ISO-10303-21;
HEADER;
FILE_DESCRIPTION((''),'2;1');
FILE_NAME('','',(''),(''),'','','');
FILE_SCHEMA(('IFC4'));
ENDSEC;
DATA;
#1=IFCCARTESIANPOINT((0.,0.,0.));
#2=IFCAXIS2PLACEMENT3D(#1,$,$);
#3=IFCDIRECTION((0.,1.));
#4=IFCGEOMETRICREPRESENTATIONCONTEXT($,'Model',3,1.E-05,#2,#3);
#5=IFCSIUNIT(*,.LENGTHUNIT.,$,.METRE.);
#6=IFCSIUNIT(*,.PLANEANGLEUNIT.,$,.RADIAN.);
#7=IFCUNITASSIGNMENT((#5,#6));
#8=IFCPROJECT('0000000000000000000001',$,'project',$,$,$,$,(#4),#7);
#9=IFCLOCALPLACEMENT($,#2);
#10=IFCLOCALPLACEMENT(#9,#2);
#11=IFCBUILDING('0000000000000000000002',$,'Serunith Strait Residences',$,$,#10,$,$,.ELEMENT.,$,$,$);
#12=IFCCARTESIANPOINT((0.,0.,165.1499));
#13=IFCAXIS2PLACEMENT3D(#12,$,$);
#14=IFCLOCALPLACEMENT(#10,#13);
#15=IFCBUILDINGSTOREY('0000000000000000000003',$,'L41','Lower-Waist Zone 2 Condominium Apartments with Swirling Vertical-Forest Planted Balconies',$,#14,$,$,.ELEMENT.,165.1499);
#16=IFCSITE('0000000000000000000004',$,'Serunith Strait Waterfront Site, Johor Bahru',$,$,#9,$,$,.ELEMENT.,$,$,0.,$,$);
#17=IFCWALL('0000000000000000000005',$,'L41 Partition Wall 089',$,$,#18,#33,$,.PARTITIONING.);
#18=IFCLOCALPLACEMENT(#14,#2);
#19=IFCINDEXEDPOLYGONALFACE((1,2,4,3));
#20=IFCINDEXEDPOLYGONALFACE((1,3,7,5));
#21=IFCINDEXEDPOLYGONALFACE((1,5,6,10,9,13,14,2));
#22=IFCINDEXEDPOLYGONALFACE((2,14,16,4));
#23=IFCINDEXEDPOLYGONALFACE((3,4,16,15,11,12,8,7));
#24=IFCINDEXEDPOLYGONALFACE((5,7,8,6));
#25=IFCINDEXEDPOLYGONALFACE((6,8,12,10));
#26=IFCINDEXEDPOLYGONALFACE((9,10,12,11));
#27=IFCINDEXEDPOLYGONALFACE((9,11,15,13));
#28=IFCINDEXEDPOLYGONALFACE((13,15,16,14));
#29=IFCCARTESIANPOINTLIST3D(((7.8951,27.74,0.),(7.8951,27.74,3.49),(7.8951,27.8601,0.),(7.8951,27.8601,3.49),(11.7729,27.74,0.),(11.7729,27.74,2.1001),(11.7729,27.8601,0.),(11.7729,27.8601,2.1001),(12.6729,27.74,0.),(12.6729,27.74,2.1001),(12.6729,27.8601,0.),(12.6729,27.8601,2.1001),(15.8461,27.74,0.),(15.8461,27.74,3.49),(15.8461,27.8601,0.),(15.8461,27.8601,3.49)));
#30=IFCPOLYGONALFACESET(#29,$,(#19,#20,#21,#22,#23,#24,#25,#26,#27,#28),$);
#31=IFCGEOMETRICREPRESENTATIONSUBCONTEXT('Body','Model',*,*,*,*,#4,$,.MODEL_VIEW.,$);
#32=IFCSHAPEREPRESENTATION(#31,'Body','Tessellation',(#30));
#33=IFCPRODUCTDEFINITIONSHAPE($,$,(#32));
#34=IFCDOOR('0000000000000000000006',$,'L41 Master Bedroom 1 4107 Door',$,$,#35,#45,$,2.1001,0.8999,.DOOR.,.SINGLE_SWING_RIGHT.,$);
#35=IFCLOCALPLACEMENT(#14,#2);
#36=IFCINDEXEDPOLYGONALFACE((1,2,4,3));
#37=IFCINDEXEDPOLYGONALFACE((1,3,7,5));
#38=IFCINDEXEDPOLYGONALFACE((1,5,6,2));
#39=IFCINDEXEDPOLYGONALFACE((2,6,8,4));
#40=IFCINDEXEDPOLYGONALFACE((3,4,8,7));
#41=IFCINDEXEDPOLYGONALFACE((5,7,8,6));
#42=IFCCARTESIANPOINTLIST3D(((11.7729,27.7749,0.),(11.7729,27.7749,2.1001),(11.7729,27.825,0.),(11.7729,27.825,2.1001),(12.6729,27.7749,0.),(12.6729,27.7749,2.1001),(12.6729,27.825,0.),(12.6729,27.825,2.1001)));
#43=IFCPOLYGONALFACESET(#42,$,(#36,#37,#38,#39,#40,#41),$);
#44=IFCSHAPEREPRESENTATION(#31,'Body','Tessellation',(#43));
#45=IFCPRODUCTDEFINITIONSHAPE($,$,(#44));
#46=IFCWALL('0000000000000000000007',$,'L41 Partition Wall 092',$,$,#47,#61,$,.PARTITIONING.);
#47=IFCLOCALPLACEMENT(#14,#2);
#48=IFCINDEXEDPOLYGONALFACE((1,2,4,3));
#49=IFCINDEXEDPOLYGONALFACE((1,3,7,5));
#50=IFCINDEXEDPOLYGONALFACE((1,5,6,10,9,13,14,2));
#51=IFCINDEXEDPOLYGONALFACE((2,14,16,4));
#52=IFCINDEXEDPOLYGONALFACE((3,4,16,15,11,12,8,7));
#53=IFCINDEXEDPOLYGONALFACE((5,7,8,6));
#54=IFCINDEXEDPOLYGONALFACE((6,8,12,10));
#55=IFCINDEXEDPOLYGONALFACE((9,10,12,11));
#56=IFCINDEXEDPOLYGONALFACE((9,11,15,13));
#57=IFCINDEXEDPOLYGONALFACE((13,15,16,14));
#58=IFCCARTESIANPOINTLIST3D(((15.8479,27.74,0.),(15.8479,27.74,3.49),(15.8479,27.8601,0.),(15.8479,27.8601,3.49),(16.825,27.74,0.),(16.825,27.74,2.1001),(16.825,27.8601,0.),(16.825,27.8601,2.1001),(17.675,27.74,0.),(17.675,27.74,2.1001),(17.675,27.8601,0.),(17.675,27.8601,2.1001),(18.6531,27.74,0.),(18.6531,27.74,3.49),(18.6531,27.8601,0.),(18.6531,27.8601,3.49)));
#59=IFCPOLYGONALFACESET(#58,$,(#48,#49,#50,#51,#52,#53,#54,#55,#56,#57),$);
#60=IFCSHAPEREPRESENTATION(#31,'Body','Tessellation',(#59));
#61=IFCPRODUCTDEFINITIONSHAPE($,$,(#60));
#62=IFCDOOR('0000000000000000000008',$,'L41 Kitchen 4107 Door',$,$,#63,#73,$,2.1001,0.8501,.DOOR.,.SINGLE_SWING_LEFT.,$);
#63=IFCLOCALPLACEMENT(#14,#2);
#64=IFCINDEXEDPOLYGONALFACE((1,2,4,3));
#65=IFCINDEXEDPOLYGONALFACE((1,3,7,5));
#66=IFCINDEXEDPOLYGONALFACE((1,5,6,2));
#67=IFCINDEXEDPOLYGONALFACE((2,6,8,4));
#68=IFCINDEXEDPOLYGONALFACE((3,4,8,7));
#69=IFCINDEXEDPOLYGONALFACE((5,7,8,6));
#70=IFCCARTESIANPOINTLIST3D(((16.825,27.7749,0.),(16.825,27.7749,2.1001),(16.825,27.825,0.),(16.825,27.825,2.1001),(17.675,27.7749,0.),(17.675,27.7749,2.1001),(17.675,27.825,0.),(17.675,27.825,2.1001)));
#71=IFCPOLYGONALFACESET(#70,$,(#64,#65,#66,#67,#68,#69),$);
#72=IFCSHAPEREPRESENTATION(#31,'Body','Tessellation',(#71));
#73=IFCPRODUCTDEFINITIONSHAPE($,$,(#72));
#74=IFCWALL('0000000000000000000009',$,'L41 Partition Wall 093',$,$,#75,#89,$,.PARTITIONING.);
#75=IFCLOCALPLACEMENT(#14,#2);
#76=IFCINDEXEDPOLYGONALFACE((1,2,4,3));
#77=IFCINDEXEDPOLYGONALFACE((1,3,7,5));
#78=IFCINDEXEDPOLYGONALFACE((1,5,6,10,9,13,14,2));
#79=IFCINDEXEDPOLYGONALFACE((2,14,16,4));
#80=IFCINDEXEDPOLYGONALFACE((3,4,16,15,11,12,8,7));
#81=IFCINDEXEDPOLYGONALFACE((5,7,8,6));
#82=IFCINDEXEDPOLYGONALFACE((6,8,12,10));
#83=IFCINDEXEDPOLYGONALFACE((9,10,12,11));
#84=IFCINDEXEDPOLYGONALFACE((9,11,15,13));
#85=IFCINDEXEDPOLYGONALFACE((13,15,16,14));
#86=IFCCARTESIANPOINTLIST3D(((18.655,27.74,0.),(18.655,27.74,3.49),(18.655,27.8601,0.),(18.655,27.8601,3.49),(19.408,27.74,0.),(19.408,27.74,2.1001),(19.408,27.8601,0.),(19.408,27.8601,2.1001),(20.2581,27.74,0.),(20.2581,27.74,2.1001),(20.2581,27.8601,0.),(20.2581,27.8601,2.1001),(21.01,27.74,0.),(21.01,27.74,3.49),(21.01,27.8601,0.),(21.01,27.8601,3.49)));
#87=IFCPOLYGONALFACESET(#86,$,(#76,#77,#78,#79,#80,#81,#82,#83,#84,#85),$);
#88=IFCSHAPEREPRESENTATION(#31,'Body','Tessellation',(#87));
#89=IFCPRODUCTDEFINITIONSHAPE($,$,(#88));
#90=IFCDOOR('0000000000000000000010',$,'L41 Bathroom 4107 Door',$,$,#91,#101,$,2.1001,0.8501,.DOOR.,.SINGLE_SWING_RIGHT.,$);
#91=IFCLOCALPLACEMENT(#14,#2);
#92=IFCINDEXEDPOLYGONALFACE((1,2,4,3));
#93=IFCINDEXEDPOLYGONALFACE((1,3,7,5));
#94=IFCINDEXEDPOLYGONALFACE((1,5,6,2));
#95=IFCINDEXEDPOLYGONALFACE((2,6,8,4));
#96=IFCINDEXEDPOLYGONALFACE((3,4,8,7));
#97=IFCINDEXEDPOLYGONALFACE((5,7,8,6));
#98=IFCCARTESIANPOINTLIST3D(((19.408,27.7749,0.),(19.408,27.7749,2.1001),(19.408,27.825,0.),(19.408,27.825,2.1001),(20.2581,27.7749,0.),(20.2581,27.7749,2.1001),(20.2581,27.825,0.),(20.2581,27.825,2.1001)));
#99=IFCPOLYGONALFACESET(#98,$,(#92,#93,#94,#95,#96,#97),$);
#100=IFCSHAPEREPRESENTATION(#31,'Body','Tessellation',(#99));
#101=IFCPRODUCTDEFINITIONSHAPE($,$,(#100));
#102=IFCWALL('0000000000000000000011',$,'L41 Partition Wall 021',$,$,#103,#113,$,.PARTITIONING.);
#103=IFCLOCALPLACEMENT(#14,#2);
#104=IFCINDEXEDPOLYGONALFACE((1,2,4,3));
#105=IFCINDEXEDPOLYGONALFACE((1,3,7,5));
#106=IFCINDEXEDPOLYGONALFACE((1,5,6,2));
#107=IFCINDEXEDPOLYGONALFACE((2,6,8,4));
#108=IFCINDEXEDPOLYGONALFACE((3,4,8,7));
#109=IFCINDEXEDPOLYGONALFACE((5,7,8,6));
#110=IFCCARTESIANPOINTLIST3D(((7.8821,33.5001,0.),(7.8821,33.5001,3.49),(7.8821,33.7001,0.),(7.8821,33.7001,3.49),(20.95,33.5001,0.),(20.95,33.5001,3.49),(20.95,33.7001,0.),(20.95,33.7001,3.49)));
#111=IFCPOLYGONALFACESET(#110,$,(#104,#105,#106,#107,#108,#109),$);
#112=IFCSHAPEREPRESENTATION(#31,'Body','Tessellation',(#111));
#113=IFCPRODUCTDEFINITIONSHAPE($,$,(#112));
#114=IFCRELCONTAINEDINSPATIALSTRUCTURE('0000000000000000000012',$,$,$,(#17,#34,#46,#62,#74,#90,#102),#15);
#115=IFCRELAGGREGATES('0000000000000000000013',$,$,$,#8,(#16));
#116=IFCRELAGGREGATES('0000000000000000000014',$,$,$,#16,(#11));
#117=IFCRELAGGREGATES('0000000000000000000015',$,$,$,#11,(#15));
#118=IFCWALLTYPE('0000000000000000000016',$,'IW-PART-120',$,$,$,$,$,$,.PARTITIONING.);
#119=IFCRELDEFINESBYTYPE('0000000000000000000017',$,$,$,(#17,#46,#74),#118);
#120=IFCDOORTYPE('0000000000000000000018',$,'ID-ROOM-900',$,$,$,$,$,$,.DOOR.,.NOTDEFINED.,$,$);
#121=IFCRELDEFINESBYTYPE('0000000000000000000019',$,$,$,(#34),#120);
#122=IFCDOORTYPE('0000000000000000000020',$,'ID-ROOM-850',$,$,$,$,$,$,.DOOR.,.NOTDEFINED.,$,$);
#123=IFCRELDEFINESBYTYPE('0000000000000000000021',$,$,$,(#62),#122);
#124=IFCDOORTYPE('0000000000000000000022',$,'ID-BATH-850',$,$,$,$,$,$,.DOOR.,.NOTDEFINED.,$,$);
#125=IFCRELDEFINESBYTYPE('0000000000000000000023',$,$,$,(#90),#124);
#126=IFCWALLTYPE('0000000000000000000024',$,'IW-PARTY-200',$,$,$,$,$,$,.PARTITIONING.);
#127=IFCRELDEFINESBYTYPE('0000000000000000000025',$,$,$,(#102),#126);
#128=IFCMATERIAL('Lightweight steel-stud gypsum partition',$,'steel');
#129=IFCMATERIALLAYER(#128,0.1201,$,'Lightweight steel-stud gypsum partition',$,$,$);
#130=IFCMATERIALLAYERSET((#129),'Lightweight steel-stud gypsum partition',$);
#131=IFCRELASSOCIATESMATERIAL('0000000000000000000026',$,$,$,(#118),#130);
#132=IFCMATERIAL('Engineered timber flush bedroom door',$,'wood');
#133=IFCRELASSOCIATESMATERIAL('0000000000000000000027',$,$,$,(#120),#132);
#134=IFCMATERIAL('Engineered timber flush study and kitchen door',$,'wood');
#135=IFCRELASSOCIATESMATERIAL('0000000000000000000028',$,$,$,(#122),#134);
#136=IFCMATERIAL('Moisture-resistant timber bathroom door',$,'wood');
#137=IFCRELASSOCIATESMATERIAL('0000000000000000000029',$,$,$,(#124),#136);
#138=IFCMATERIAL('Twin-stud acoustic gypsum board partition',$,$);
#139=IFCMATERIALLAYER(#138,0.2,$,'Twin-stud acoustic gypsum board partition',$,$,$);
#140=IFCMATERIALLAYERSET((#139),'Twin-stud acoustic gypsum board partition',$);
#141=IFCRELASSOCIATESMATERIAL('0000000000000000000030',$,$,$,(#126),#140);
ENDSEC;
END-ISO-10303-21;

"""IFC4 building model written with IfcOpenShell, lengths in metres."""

from ifc_helpers import new_model, si_unit, direction, frame, frame_2d, origin, place, context, subcontext, project, spatial, rectangle, extrude, source, transform, mapped, material, layer, layer_set, type_object, element, fill, save


model = new_model("IFC4")

# Units and contexts
model_context = context("Model", 3, precision=1e-05, world=origin(), true_north=direction((0.0, 1.0)))
body_context = subcontext(model_context, "Body", "Model", "MODEL_VIEW")
ifc_project = project(units=[si_unit("LENGTHUNIT", "METRE"), si_unit("PLANEANGLEUNIT", "RADIAN")], contexts=[model_context])

# Site, building, storey
site_placement = place(None, origin())
site = spatial("IfcSite", under=ifc_project, at=site_placement, Name="Serunith Strait Waterfront Site, Johor Bahru", CompositionType="ELEMENT", RefElevation=0.0)
building_placement = place(site_placement, origin())
building = spatial("IfcBuilding", under=site, at=building_placement, Name="Serunith Strait Residences", CompositionType="ELEMENT")
storey_placement = place(building_placement, frame((0.0, 0.0, 165.1499)))
storey = spatial("IfcBuildingStorey", under=building, at=storey_placement, Name="L41", Description="Lower-Waist Zone 2 Condominium Apartments with Swirling Vertical-Forest Planted Balconies", CompositionType="ELEMENT", Elevation=165.1499)

# Shared definitions
ifc_material_1 = material(Name="Lightweight steel-stud gypsum partition", Category="steel")
ifc_layer_1 = layer(ifc_material_1, 0.1201, Name="Lightweight steel-stud gypsum partition")
ifc_layer_set_1 = layer_set([ifc_layer_1], Name="Lightweight steel-stud gypsum partition")
wall_type_1 = type_object("IfcWallType", Name="IW-PART-120", PredefinedType="PARTITIONING", material=ifc_layer_set_1)
ifc_material_2 = material(Name="Engineered timber flush bedroom door", Category="wood")
door_type_1 = type_object("IfcDoorType", Name="ID-ROOM-900", OperationType="NOTDEFINED", PredefinedType="DOOR", material=ifc_material_2)
shared_shape_1 = source(origin(), body_context, "Body", "SweptSolid", [
    extrude(rectangle(XDim=0.8999, YDim=2.1001, at=frame_2d((0.45, 1.05))), frame((0.0, 0.0249, 0.0), z_axis=(0.0, -1.0, 0.0), x_axis=(1.0, 0.0, 0.0)), (0.0, 0.0, 1.0), 0.05),
])

# Walls, openings, doors
ifc_material_3 = material(Name="Engineered timber flush study and kitchen door", Category="wood")
door_type_2 = type_object("IfcDoorType", Name="ID-ROOM-850", OperationType="NOTDEFINED", PredefinedType="DOOR", material=ifc_material_3)
shared_shape_2 = source(origin(), body_context, "Body", "SweptSolid", [
    extrude(rectangle(XDim=0.8501, YDim=2.1001, at=frame_2d((0.425, 1.05))), frame((0.0, 0.0249, 0.0), z_axis=(0.0, -1.0, 0.0), x_axis=(1.0, 0.0, 0.0)), (0.0, 0.0, 1.0), 0.05),
])
wall_1_placement = place(storey_placement, frame((7.895, 27.8, 0.0), z_axis=(0.0, 0.0, 1.0), x_axis=(1.0, 0.0, 0.0)))
wall_1 = element("IfcWall", 1, at=wall_1_placement, inside=storey, type_object=wall_type_1, Name="L41 Partition Wall 089", PredefinedType="PARTITIONING", context=body_context, shape_type="SweptSolid", body=[
    extrude(rectangle(XDim=7.9509, YDim=0.1201, at=frame_2d((3.9756, 0.0))), origin(), (0.0, 0.0, 1.0), 3.49),
])
opening_1_placement = place(wall_1_placement, frame((3.8779, 0.0, 0.0)))
opening_1 = element("IfcOpeningElement", 2, at=opening_1_placement, cuts=wall_1, PredefinedType="OPENING", context=body_context, shape_type="SweptSolid", body=[
    extrude(rectangle(XDim=0.8999, YDim=2.1001, at=frame_2d((0.45, 1.05))), frame((0.0, 0.0701, 0.0), z_axis=(0.0, -1.0, 0.0), x_axis=(1.0, 0.0, 0.0)), (0.0, 0.0, 1.0), 0.1401),
])
door_1_placement = place(opening_1_placement, origin())
door_1 = element("IfcDoor", 3, at=door_1_placement, inside=storey, type_object=door_type_1, Name="L41 Master Bedroom 1 4107 Door", OperationType="SINGLE_SWING_RIGHT", OverallHeight=2.1001, OverallWidth=0.8999, PredefinedType="DOOR", context=body_context, shape_type="MappedRepresentation", body=[
    mapped(shared_shape_1, transform((0.0, 0.0, 0.0), scale=1.0)),
])
fill(opening_1, door_1)
wall_2_placement = place(storey_placement, frame((15.8479, 27.8, 0.0), z_axis=(0.0, 0.0, 1.0), x_axis=(1.0, 0.0, 0.0)))
wall_2 = element("IfcWall", 4, at=wall_2_placement, inside=storey, type_object=wall_type_1, Name="L41 Partition Wall 092", PredefinedType="PARTITIONING", context=body_context, shape_type="SweptSolid", body=[
    extrude(rectangle(XDim=2.8052, YDim=0.1201, at=frame_2d((1.4026, 0.0))), origin(), (0.0, 0.0, 1.0), 3.49),
])
opening_2_placement = place(wall_2_placement, frame((0.9771, 0.0, 0.0)))
opening_2 = element("IfcOpeningElement", 5, at=opening_2_placement, cuts=wall_2, PredefinedType="OPENING", context=body_context, shape_type="SweptSolid", body=[
    extrude(rectangle(XDim=0.8501, YDim=2.1001, at=frame_2d((0.425, 1.05))), frame((0.0, 0.0701, 0.0), z_axis=(0.0, -1.0, 0.0), x_axis=(1.0, 0.0, 0.0)), (0.0, 0.0, 1.0), 0.1401),
])
door_2_placement = place(opening_2_placement, origin())
door_2 = element("IfcDoor", 6, at=door_2_placement, inside=storey, type_object=door_type_2, Name="L41 Kitchen 4107 Door", OperationType="SINGLE_SWING_LEFT", OverallHeight=2.1001, OverallWidth=0.8501, PredefinedType="DOOR", context=body_context, shape_type="MappedRepresentation", body=[
    mapped(shared_shape_2, transform((0.0, 0.0, 0.0), scale=1.0)),
])
fill(opening_2, door_2)
wall_3_placement = place(storey_placement, frame((18.655, 27.8, 0.0), z_axis=(0.0, 0.0, 1.0), x_axis=(1.0, 0.0, 0.0)))
wall_3 = element("IfcWall", 7, at=wall_3_placement, inside=storey, type_object=wall_type_1, Name="L41 Partition Wall 093", PredefinedType="PARTITIONING", context=body_context, shape_type="SweptSolid", body=[
    extrude(rectangle(XDim=2.355, YDim=0.1201, at=frame_2d((1.1775, 0.0))), origin(), (0.0, 0.0, 1.0), 3.49),
])
opening_3_placement = place(wall_3_placement, frame((0.7529, 0.0, 0.0)))
opening_3 = element("IfcOpeningElement", 8, at=opening_3_placement, cuts=wall_3, PredefinedType="OPENING", context=body_context, shape_type="SweptSolid", body=[
    extrude(rectangle(XDim=0.8501, YDim=2.1001, at=frame_2d((0.425, 1.05))), frame((0.0, 0.0701, 0.0), z_axis=(0.0, -1.0, 0.0), x_axis=(1.0, 0.0, 0.0)), (0.0, 0.0, 1.0), 0.1401),
])
ifc_material_4 = material(Name="Moisture-resistant timber bathroom door", Category="wood")
door_type_3 = type_object("IfcDoorType", Name="ID-BATH-850", OperationType="NOTDEFINED", PredefinedType="DOOR", material=ifc_material_4)
door_3_placement = place(opening_3_placement, origin())
door_3 = element("IfcDoor", 9, at=door_3_placement, inside=storey, type_object=door_type_3, Name="L41 Bathroom 4107 Door", OperationType="SINGLE_SWING_RIGHT", OverallHeight=2.1001, OverallWidth=0.8501, PredefinedType="DOOR", context=body_context, shape_type="MappedRepresentation", body=[
    mapped(shared_shape_2, transform((0.0, 0.0, 0.0), scale=1.0)),
])
fill(opening_3, door_3)

# Wall
ifc_material_5 = material(Name="Twin-stud acoustic gypsum board partition")
ifc_layer_2 = layer(ifc_material_5, 0.2, Name="Twin-stud acoustic gypsum board partition")
ifc_layer_set_2 = layer_set([ifc_layer_2], Name="Twin-stud acoustic gypsum board partition")
wall_type_2 = type_object("IfcWallType", Name="IW-PARTY-200", PredefinedType="PARTITIONING", material=ifc_layer_set_2)
wall_4_placement = place(storey_placement, frame((7.8821, 33.6001, 0.0), z_axis=(0.0, 0.0, 1.0), x_axis=(1.0, 0.0, 0.0)))
element("IfcWall", 10, at=wall_4_placement, inside=storey, type_object=wall_type_2, Name="L41 Partition Wall 021", PredefinedType="PARTITIONING", context=body_context, shape_type="SweptSolid", body=[
    extrude(rectangle(XDim=13.0679, YDim=0.2, at=frame_2d((6.5339, 0.0))), origin(), (0.0, 0.0, 1.0), 3.49),
])

save(model, "model.ifc")
